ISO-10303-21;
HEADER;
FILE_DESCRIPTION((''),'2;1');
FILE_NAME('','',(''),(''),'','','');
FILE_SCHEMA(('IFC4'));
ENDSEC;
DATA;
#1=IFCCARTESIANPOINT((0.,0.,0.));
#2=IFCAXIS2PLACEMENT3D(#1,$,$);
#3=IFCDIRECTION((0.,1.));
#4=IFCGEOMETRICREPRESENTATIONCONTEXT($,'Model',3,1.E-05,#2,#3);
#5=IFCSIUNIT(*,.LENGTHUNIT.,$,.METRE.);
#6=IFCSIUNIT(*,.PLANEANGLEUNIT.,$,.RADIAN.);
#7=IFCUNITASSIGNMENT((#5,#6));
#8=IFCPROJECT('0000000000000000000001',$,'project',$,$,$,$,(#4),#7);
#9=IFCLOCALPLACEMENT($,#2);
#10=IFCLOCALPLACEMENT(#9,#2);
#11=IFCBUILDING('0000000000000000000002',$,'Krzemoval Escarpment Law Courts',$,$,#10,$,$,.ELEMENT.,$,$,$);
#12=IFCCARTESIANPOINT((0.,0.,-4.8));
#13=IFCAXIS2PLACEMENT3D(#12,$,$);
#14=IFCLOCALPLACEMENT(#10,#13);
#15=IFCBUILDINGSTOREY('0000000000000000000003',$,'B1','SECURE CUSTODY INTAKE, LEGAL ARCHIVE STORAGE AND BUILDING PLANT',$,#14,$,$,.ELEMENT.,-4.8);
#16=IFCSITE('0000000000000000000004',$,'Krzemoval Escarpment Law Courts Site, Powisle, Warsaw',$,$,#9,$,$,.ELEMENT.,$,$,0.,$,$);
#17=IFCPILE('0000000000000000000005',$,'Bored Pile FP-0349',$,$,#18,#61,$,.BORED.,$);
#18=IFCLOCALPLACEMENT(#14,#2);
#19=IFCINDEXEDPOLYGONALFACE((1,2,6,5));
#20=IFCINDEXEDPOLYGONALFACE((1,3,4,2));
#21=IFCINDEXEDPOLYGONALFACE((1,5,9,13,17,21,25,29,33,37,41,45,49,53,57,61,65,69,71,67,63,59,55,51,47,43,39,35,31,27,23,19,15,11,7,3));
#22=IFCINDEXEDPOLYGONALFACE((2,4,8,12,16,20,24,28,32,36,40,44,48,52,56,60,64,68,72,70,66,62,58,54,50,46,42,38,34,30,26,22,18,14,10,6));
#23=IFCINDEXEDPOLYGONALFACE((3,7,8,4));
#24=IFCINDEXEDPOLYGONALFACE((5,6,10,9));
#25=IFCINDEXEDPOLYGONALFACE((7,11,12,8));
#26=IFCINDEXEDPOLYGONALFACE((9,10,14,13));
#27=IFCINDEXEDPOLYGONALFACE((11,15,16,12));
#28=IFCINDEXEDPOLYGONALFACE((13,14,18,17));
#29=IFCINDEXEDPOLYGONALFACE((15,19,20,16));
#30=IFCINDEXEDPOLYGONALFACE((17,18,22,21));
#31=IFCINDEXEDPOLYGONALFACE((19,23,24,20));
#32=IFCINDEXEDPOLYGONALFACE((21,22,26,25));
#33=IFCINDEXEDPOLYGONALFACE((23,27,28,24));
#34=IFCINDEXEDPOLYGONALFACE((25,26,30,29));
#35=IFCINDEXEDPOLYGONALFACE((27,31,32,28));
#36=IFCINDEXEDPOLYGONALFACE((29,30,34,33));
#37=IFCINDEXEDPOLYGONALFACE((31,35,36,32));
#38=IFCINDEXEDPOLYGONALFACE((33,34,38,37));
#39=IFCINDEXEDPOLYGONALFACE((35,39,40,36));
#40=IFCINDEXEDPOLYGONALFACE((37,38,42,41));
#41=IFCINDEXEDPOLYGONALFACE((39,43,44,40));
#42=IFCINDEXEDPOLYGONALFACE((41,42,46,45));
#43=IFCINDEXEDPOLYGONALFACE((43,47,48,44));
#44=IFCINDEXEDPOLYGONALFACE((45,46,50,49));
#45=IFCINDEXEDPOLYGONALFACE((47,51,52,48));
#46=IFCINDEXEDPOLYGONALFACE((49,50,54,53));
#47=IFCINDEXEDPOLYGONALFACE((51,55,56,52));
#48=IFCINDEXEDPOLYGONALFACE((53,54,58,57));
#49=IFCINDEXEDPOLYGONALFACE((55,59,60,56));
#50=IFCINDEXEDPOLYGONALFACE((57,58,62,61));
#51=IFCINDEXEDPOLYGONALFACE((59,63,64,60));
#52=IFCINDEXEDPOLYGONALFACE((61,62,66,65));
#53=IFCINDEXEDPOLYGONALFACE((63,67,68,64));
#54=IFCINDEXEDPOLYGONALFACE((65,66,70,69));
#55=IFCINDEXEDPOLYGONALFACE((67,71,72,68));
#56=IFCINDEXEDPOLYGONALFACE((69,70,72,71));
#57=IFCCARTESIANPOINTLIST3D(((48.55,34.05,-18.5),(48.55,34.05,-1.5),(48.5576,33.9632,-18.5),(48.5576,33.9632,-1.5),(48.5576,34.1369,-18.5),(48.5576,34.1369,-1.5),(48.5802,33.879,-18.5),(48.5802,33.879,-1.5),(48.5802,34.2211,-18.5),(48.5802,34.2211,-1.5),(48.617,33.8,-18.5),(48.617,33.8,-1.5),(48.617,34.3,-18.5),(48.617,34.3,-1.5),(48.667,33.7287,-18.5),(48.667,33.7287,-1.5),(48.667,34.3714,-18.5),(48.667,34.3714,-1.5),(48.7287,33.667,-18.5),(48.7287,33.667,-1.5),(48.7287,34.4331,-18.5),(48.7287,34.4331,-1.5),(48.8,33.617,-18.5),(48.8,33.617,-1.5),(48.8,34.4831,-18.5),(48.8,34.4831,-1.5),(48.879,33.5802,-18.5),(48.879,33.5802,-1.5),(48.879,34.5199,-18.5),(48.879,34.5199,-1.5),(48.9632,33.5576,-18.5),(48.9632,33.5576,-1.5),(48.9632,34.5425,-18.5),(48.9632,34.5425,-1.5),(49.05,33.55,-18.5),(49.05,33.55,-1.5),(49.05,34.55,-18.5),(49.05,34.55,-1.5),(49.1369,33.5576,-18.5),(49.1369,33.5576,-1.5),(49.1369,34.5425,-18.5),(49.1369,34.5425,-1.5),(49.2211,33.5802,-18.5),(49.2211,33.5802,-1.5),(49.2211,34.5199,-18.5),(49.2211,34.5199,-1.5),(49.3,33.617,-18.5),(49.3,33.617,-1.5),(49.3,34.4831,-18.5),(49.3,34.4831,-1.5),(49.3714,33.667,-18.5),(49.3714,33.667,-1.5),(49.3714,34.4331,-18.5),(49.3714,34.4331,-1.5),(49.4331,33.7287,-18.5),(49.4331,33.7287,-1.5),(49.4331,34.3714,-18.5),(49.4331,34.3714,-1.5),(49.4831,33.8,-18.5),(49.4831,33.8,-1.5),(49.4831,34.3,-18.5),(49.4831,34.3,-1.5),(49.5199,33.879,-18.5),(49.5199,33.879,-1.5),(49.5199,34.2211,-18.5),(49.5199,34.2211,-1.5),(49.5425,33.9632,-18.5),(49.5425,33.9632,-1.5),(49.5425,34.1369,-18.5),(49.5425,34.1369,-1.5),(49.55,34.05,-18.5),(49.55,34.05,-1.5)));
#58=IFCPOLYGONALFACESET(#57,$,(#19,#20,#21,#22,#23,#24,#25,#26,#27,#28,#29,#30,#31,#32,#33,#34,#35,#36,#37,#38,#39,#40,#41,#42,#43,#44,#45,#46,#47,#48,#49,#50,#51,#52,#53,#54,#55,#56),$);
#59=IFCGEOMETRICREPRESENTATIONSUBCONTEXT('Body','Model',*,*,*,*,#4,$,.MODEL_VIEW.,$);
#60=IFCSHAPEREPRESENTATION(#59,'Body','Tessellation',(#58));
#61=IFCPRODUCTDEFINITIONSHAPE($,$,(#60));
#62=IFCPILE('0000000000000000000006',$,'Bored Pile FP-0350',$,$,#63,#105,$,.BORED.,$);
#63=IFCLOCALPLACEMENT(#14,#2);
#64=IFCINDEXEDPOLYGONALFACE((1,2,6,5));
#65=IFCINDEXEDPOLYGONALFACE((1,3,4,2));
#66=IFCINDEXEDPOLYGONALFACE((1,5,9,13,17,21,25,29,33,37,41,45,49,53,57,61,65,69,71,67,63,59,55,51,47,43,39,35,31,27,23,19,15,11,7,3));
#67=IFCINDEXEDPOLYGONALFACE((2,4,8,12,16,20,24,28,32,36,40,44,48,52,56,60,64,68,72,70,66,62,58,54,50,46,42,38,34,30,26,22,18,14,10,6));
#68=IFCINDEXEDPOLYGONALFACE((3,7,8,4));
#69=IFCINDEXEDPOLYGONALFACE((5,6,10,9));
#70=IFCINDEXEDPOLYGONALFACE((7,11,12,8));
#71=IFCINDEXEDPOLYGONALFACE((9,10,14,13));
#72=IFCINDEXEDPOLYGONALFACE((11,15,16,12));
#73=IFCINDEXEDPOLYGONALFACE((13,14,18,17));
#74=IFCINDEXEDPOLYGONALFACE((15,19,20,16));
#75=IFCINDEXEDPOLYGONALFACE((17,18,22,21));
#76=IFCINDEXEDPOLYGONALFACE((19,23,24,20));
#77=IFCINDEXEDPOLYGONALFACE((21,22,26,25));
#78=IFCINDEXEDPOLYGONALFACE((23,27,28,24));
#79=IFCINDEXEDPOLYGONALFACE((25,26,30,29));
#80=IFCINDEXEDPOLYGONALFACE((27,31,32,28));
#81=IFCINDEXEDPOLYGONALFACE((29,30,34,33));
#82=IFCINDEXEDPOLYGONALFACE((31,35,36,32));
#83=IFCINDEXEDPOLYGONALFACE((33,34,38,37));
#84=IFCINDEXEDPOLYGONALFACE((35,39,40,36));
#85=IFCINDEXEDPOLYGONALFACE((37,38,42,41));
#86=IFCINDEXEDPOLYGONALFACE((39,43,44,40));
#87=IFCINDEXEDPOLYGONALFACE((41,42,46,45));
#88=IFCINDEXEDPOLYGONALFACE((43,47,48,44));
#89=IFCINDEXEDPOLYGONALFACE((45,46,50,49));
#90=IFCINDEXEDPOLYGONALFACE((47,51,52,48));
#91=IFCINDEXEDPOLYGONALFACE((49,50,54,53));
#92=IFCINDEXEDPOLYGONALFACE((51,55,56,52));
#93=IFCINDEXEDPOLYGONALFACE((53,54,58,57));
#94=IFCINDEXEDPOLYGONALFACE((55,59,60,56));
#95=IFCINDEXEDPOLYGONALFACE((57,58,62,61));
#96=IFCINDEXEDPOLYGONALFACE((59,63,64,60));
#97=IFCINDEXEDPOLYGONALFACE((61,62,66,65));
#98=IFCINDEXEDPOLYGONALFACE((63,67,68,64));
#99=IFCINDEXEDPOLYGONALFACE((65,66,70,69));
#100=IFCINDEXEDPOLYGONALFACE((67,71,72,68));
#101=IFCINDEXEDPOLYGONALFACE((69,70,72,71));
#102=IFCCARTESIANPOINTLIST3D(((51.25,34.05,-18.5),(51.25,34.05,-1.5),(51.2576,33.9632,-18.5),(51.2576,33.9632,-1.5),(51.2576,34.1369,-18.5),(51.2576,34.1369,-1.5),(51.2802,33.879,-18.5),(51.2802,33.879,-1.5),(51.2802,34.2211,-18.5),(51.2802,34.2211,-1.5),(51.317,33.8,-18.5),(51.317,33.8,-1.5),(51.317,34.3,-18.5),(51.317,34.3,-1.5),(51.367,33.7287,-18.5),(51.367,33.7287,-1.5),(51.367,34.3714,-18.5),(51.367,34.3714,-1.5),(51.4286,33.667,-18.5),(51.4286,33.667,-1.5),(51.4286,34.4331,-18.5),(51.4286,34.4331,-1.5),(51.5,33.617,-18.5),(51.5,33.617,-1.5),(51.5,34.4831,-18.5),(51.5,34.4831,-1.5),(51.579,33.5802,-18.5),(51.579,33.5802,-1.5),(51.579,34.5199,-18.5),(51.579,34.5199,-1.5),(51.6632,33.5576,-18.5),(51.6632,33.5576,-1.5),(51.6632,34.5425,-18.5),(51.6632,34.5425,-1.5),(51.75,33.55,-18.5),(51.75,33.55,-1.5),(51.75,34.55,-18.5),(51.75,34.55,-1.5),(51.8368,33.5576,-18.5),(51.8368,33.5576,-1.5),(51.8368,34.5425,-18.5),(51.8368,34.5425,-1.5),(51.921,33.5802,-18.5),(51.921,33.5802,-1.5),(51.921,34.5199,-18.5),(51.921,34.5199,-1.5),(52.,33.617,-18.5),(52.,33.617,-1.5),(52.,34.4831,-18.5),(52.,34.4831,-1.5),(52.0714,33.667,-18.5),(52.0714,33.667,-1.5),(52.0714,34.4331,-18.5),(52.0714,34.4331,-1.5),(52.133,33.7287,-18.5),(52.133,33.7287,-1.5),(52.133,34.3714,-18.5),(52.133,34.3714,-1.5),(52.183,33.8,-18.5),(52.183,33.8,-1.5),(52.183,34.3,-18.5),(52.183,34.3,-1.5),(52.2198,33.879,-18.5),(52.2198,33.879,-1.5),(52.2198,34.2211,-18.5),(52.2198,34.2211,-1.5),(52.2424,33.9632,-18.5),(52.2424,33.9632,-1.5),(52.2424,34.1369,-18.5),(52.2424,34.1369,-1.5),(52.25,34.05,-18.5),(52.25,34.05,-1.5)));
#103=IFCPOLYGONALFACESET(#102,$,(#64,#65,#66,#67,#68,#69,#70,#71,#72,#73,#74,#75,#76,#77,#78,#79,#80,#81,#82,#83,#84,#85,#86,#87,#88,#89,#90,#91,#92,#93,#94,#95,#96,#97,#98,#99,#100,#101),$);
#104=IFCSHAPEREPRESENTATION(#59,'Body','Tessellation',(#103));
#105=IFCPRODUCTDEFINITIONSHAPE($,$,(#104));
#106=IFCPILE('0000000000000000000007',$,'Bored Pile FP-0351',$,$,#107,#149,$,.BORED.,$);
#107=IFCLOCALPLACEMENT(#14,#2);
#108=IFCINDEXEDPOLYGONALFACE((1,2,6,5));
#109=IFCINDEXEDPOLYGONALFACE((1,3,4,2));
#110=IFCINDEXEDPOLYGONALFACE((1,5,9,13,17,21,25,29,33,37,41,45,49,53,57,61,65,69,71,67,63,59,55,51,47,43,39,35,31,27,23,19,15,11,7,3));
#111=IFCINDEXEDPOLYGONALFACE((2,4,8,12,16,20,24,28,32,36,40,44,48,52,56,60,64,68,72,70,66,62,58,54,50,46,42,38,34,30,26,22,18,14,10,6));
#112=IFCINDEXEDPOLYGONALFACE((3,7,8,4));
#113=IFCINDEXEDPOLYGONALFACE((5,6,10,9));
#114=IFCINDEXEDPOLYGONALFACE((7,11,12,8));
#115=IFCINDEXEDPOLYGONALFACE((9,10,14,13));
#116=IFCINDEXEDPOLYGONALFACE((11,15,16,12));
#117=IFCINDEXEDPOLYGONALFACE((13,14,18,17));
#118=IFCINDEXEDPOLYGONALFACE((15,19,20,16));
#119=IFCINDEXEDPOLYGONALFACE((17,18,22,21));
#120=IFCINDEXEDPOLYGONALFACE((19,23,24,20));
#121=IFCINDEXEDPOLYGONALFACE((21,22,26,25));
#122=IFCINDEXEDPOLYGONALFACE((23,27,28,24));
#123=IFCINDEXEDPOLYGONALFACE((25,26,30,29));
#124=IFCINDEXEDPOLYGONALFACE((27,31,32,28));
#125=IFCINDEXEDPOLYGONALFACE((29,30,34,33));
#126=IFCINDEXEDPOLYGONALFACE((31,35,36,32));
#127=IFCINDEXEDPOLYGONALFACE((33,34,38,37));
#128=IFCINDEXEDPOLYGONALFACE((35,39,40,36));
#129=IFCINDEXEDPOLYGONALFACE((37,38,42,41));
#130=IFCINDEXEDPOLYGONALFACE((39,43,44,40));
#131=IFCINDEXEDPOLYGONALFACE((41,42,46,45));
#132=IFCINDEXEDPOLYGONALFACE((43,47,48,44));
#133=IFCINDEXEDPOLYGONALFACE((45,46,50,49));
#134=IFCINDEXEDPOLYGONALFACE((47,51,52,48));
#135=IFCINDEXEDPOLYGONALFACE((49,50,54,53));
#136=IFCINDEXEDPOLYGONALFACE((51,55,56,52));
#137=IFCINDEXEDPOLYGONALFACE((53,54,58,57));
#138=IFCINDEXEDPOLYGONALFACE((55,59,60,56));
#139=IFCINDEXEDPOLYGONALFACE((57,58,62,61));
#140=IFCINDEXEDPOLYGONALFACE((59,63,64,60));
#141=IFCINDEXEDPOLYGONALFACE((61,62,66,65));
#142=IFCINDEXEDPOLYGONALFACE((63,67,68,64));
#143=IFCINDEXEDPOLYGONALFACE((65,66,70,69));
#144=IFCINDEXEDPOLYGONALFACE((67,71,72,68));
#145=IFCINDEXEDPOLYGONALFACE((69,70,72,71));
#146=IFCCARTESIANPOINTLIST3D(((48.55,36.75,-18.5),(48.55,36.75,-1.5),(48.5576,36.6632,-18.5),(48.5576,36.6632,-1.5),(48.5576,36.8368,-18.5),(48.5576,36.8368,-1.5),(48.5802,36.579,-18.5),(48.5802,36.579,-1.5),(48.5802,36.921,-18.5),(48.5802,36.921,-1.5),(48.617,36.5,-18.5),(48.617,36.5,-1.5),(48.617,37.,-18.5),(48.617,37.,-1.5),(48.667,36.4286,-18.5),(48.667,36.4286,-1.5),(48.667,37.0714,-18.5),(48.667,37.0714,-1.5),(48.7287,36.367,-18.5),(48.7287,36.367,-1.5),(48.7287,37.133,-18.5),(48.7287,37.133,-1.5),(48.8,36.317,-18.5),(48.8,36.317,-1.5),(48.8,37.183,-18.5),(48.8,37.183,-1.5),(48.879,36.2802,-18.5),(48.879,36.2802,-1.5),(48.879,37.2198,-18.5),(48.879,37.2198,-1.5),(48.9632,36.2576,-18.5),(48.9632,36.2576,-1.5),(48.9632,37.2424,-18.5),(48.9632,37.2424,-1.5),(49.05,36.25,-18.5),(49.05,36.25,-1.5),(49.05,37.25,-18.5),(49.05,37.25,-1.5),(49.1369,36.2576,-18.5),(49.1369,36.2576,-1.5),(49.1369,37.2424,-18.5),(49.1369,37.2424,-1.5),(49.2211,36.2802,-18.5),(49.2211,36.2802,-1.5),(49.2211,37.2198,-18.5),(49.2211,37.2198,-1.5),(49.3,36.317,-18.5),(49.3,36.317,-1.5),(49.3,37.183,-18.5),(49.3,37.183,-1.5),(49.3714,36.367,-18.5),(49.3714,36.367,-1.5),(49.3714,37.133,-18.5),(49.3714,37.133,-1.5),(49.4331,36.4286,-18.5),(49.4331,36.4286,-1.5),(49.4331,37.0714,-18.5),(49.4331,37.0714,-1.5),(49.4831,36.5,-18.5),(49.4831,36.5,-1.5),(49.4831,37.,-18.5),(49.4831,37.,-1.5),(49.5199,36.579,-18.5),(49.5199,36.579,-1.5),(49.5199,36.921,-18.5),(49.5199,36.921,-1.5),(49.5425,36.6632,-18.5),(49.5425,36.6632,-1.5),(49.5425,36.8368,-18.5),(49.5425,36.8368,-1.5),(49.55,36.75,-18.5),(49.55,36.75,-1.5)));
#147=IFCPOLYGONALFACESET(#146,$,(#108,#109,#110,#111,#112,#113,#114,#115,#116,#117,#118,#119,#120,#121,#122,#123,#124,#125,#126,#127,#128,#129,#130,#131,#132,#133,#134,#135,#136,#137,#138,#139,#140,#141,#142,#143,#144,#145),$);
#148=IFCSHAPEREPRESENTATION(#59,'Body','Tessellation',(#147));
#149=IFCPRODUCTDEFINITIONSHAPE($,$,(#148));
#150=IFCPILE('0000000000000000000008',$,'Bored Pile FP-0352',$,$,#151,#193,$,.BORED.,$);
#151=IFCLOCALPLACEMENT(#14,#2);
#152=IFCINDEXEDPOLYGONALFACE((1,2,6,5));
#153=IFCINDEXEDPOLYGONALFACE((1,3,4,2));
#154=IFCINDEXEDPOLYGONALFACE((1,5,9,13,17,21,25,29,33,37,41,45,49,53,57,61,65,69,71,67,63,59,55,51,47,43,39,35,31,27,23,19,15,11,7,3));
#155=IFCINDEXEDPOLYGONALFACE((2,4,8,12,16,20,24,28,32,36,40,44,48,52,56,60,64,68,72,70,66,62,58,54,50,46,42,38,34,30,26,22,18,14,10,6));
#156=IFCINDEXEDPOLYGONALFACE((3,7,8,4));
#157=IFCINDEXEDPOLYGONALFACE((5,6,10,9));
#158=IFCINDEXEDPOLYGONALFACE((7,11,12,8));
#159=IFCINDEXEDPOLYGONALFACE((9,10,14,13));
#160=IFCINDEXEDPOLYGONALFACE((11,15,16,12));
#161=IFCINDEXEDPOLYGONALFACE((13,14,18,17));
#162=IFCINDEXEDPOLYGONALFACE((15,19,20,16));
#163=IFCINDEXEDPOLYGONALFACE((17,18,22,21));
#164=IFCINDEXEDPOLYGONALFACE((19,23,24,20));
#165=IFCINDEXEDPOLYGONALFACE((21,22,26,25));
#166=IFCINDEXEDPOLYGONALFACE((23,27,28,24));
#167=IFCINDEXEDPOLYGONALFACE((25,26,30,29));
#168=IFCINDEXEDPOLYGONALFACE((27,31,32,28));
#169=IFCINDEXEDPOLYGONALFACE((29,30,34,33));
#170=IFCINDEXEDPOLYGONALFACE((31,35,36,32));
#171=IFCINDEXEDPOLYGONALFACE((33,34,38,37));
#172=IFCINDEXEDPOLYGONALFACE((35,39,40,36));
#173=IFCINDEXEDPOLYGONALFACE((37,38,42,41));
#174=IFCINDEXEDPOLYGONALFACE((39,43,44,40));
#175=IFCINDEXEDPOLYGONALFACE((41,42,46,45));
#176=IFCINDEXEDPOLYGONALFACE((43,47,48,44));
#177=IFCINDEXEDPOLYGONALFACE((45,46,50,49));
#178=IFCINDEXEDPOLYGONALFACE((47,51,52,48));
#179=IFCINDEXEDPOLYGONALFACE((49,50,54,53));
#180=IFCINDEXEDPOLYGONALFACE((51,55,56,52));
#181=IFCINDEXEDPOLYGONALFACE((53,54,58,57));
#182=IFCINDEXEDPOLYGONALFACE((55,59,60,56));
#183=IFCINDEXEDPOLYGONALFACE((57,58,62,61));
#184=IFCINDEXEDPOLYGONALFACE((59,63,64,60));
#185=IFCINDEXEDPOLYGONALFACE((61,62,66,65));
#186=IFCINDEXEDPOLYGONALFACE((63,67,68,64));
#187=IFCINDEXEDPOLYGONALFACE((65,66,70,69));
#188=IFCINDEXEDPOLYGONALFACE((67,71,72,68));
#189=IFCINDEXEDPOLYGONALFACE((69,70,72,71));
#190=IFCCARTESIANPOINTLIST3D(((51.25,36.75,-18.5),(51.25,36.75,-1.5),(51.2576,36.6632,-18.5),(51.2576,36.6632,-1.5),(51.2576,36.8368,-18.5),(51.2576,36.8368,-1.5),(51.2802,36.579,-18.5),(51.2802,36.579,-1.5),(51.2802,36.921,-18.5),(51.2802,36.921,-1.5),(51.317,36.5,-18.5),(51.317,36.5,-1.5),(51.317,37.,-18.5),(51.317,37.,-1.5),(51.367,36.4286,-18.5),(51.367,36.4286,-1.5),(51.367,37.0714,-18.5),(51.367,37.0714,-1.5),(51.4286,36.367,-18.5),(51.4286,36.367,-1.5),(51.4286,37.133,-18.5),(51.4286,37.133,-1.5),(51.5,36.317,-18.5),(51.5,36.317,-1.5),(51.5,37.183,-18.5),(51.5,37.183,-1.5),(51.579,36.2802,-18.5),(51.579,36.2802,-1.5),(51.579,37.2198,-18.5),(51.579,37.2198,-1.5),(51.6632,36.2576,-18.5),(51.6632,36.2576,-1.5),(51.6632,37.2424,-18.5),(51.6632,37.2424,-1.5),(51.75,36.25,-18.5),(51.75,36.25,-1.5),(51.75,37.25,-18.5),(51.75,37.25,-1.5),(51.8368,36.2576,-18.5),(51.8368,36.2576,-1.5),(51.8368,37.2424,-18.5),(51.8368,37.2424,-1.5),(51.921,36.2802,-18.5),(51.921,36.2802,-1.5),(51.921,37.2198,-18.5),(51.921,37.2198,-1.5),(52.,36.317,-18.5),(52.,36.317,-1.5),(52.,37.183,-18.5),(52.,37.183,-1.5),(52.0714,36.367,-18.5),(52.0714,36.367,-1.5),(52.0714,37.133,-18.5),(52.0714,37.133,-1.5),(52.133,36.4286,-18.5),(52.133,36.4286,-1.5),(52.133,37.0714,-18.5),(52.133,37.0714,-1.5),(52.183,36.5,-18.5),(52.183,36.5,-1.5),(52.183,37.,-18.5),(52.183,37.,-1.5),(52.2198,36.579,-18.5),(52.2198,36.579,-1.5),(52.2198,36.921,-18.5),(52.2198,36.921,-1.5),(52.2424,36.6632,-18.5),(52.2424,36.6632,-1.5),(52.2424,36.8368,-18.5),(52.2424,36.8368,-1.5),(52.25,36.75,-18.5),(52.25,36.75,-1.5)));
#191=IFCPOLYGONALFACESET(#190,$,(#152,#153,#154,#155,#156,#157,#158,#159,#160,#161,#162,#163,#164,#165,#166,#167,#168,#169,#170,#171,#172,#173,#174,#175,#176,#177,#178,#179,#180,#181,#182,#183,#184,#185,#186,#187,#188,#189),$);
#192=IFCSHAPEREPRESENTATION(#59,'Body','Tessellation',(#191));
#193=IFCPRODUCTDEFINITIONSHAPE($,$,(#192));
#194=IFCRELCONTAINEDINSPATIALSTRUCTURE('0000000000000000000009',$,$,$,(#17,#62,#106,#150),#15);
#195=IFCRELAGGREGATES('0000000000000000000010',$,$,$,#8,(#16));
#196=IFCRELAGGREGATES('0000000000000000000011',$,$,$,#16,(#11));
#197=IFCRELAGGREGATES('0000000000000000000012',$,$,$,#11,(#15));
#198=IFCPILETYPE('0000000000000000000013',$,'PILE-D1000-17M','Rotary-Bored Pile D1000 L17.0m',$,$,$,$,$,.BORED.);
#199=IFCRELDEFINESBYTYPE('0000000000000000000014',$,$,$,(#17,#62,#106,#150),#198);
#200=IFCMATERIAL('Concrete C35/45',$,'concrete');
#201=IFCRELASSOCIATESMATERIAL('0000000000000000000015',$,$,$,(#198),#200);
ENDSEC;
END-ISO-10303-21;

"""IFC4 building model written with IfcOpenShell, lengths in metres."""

from ifc_helpers import new_model, si_unit, direction, frame, origin, origin_2d, place, context, subcontext, project, spatial, circle, extrude, material, material_profile, profile_set, type_object, element, save


model = new_model("IFC4")

# Units and contexts
model_context = context("Model", 3, precision=1e-05, world=origin(), true_north=direction((0.0, 1.0)))
body_context = subcontext(model_context, "Body", "Model", "MODEL_VIEW")
ifc_project = project(units=[si_unit("LENGTHUNIT", "METRE"), si_unit("PLANEANGLEUNIT", "RADIAN")], contexts=[model_context])

# Site, building, storey
site_placement = place(None, origin())
site = spatial("IfcSite", under=ifc_project, at=site_placement, Name="Krzemoval Escarpment Law Courts Site, Powisle, Warsaw", CompositionType="ELEMENT", RefElevation=0.0)
building_placement = place(site_placement, origin())
building = spatial("IfcBuilding", under=site, at=building_placement, Name="Krzemoval Escarpment Law Courts", CompositionType="ELEMENT")
storey_placement = place(building_placement, frame((0.0, 0.0, -4.8)))
storey = spatial("IfcBuildingStorey", under=building, at=storey_placement, Name="B1", Description="SECURE CUSTODY INTAKE, LEGAL ARCHIVE STORAGE AND BUILDING PLANT", CompositionType="ELEMENT", Elevation=-4.8)

# Piles
ifc_material_1 = material(Name="Concrete C35/45", Category="concrete")
ifc_material_profile_1 = material_profile(ifc_material_1, circle(Radius=0.5, at=origin_2d()), Name="PILE D1000")
ifc_profile_set_1 = profile_set([ifc_material_profile_1], Name="Concrete C35/45")
pile_type = type_object("IfcPileType", Name="PILE-D1000-17M", Description="Rotary-Bored Pile D1000 L17.0m", PredefinedType="BORED", material=ifc_profile_set_1)
for number, where, z_axis, x_axis, name in (
    (1, (49.05, 34.05, -1.5), (0.0, 0.0, -1.0), (1.0, 0.0, 0.0), "Bored Pile FP-0349"),
    (2, (51.75, 34.05, -1.5), (0.0, 0.0, -1.0), (1.0, 0.0, 0.0), "Bored Pile FP-0350"),
    (3, (49.05, 36.75, -1.5), (0.0, 0.0, -1.0), (1.0, 0.0, 0.0), "Bored Pile FP-0351"),
    (4, (51.75, 36.75, -1.5), (0.0, 0.0, -1.0), (1.0, 0.0, 0.0), "Bored Pile FP-0352"),
):
    element("IfcPile", number, at=place(storey_placement, frame(where, z_axis=z_axis, x_axis=x_axis)), inside=storey, type_object=pile_type, Name=name, PredefinedType="BORED", context=body_context, shape_type="SweptSolid", body=[
        extrude(circle(Radius=0.5, at=origin_2d()), origin(), (0.0, 0.0, 1.0), 17.0),
    ])

save(model, "model.ifc")
